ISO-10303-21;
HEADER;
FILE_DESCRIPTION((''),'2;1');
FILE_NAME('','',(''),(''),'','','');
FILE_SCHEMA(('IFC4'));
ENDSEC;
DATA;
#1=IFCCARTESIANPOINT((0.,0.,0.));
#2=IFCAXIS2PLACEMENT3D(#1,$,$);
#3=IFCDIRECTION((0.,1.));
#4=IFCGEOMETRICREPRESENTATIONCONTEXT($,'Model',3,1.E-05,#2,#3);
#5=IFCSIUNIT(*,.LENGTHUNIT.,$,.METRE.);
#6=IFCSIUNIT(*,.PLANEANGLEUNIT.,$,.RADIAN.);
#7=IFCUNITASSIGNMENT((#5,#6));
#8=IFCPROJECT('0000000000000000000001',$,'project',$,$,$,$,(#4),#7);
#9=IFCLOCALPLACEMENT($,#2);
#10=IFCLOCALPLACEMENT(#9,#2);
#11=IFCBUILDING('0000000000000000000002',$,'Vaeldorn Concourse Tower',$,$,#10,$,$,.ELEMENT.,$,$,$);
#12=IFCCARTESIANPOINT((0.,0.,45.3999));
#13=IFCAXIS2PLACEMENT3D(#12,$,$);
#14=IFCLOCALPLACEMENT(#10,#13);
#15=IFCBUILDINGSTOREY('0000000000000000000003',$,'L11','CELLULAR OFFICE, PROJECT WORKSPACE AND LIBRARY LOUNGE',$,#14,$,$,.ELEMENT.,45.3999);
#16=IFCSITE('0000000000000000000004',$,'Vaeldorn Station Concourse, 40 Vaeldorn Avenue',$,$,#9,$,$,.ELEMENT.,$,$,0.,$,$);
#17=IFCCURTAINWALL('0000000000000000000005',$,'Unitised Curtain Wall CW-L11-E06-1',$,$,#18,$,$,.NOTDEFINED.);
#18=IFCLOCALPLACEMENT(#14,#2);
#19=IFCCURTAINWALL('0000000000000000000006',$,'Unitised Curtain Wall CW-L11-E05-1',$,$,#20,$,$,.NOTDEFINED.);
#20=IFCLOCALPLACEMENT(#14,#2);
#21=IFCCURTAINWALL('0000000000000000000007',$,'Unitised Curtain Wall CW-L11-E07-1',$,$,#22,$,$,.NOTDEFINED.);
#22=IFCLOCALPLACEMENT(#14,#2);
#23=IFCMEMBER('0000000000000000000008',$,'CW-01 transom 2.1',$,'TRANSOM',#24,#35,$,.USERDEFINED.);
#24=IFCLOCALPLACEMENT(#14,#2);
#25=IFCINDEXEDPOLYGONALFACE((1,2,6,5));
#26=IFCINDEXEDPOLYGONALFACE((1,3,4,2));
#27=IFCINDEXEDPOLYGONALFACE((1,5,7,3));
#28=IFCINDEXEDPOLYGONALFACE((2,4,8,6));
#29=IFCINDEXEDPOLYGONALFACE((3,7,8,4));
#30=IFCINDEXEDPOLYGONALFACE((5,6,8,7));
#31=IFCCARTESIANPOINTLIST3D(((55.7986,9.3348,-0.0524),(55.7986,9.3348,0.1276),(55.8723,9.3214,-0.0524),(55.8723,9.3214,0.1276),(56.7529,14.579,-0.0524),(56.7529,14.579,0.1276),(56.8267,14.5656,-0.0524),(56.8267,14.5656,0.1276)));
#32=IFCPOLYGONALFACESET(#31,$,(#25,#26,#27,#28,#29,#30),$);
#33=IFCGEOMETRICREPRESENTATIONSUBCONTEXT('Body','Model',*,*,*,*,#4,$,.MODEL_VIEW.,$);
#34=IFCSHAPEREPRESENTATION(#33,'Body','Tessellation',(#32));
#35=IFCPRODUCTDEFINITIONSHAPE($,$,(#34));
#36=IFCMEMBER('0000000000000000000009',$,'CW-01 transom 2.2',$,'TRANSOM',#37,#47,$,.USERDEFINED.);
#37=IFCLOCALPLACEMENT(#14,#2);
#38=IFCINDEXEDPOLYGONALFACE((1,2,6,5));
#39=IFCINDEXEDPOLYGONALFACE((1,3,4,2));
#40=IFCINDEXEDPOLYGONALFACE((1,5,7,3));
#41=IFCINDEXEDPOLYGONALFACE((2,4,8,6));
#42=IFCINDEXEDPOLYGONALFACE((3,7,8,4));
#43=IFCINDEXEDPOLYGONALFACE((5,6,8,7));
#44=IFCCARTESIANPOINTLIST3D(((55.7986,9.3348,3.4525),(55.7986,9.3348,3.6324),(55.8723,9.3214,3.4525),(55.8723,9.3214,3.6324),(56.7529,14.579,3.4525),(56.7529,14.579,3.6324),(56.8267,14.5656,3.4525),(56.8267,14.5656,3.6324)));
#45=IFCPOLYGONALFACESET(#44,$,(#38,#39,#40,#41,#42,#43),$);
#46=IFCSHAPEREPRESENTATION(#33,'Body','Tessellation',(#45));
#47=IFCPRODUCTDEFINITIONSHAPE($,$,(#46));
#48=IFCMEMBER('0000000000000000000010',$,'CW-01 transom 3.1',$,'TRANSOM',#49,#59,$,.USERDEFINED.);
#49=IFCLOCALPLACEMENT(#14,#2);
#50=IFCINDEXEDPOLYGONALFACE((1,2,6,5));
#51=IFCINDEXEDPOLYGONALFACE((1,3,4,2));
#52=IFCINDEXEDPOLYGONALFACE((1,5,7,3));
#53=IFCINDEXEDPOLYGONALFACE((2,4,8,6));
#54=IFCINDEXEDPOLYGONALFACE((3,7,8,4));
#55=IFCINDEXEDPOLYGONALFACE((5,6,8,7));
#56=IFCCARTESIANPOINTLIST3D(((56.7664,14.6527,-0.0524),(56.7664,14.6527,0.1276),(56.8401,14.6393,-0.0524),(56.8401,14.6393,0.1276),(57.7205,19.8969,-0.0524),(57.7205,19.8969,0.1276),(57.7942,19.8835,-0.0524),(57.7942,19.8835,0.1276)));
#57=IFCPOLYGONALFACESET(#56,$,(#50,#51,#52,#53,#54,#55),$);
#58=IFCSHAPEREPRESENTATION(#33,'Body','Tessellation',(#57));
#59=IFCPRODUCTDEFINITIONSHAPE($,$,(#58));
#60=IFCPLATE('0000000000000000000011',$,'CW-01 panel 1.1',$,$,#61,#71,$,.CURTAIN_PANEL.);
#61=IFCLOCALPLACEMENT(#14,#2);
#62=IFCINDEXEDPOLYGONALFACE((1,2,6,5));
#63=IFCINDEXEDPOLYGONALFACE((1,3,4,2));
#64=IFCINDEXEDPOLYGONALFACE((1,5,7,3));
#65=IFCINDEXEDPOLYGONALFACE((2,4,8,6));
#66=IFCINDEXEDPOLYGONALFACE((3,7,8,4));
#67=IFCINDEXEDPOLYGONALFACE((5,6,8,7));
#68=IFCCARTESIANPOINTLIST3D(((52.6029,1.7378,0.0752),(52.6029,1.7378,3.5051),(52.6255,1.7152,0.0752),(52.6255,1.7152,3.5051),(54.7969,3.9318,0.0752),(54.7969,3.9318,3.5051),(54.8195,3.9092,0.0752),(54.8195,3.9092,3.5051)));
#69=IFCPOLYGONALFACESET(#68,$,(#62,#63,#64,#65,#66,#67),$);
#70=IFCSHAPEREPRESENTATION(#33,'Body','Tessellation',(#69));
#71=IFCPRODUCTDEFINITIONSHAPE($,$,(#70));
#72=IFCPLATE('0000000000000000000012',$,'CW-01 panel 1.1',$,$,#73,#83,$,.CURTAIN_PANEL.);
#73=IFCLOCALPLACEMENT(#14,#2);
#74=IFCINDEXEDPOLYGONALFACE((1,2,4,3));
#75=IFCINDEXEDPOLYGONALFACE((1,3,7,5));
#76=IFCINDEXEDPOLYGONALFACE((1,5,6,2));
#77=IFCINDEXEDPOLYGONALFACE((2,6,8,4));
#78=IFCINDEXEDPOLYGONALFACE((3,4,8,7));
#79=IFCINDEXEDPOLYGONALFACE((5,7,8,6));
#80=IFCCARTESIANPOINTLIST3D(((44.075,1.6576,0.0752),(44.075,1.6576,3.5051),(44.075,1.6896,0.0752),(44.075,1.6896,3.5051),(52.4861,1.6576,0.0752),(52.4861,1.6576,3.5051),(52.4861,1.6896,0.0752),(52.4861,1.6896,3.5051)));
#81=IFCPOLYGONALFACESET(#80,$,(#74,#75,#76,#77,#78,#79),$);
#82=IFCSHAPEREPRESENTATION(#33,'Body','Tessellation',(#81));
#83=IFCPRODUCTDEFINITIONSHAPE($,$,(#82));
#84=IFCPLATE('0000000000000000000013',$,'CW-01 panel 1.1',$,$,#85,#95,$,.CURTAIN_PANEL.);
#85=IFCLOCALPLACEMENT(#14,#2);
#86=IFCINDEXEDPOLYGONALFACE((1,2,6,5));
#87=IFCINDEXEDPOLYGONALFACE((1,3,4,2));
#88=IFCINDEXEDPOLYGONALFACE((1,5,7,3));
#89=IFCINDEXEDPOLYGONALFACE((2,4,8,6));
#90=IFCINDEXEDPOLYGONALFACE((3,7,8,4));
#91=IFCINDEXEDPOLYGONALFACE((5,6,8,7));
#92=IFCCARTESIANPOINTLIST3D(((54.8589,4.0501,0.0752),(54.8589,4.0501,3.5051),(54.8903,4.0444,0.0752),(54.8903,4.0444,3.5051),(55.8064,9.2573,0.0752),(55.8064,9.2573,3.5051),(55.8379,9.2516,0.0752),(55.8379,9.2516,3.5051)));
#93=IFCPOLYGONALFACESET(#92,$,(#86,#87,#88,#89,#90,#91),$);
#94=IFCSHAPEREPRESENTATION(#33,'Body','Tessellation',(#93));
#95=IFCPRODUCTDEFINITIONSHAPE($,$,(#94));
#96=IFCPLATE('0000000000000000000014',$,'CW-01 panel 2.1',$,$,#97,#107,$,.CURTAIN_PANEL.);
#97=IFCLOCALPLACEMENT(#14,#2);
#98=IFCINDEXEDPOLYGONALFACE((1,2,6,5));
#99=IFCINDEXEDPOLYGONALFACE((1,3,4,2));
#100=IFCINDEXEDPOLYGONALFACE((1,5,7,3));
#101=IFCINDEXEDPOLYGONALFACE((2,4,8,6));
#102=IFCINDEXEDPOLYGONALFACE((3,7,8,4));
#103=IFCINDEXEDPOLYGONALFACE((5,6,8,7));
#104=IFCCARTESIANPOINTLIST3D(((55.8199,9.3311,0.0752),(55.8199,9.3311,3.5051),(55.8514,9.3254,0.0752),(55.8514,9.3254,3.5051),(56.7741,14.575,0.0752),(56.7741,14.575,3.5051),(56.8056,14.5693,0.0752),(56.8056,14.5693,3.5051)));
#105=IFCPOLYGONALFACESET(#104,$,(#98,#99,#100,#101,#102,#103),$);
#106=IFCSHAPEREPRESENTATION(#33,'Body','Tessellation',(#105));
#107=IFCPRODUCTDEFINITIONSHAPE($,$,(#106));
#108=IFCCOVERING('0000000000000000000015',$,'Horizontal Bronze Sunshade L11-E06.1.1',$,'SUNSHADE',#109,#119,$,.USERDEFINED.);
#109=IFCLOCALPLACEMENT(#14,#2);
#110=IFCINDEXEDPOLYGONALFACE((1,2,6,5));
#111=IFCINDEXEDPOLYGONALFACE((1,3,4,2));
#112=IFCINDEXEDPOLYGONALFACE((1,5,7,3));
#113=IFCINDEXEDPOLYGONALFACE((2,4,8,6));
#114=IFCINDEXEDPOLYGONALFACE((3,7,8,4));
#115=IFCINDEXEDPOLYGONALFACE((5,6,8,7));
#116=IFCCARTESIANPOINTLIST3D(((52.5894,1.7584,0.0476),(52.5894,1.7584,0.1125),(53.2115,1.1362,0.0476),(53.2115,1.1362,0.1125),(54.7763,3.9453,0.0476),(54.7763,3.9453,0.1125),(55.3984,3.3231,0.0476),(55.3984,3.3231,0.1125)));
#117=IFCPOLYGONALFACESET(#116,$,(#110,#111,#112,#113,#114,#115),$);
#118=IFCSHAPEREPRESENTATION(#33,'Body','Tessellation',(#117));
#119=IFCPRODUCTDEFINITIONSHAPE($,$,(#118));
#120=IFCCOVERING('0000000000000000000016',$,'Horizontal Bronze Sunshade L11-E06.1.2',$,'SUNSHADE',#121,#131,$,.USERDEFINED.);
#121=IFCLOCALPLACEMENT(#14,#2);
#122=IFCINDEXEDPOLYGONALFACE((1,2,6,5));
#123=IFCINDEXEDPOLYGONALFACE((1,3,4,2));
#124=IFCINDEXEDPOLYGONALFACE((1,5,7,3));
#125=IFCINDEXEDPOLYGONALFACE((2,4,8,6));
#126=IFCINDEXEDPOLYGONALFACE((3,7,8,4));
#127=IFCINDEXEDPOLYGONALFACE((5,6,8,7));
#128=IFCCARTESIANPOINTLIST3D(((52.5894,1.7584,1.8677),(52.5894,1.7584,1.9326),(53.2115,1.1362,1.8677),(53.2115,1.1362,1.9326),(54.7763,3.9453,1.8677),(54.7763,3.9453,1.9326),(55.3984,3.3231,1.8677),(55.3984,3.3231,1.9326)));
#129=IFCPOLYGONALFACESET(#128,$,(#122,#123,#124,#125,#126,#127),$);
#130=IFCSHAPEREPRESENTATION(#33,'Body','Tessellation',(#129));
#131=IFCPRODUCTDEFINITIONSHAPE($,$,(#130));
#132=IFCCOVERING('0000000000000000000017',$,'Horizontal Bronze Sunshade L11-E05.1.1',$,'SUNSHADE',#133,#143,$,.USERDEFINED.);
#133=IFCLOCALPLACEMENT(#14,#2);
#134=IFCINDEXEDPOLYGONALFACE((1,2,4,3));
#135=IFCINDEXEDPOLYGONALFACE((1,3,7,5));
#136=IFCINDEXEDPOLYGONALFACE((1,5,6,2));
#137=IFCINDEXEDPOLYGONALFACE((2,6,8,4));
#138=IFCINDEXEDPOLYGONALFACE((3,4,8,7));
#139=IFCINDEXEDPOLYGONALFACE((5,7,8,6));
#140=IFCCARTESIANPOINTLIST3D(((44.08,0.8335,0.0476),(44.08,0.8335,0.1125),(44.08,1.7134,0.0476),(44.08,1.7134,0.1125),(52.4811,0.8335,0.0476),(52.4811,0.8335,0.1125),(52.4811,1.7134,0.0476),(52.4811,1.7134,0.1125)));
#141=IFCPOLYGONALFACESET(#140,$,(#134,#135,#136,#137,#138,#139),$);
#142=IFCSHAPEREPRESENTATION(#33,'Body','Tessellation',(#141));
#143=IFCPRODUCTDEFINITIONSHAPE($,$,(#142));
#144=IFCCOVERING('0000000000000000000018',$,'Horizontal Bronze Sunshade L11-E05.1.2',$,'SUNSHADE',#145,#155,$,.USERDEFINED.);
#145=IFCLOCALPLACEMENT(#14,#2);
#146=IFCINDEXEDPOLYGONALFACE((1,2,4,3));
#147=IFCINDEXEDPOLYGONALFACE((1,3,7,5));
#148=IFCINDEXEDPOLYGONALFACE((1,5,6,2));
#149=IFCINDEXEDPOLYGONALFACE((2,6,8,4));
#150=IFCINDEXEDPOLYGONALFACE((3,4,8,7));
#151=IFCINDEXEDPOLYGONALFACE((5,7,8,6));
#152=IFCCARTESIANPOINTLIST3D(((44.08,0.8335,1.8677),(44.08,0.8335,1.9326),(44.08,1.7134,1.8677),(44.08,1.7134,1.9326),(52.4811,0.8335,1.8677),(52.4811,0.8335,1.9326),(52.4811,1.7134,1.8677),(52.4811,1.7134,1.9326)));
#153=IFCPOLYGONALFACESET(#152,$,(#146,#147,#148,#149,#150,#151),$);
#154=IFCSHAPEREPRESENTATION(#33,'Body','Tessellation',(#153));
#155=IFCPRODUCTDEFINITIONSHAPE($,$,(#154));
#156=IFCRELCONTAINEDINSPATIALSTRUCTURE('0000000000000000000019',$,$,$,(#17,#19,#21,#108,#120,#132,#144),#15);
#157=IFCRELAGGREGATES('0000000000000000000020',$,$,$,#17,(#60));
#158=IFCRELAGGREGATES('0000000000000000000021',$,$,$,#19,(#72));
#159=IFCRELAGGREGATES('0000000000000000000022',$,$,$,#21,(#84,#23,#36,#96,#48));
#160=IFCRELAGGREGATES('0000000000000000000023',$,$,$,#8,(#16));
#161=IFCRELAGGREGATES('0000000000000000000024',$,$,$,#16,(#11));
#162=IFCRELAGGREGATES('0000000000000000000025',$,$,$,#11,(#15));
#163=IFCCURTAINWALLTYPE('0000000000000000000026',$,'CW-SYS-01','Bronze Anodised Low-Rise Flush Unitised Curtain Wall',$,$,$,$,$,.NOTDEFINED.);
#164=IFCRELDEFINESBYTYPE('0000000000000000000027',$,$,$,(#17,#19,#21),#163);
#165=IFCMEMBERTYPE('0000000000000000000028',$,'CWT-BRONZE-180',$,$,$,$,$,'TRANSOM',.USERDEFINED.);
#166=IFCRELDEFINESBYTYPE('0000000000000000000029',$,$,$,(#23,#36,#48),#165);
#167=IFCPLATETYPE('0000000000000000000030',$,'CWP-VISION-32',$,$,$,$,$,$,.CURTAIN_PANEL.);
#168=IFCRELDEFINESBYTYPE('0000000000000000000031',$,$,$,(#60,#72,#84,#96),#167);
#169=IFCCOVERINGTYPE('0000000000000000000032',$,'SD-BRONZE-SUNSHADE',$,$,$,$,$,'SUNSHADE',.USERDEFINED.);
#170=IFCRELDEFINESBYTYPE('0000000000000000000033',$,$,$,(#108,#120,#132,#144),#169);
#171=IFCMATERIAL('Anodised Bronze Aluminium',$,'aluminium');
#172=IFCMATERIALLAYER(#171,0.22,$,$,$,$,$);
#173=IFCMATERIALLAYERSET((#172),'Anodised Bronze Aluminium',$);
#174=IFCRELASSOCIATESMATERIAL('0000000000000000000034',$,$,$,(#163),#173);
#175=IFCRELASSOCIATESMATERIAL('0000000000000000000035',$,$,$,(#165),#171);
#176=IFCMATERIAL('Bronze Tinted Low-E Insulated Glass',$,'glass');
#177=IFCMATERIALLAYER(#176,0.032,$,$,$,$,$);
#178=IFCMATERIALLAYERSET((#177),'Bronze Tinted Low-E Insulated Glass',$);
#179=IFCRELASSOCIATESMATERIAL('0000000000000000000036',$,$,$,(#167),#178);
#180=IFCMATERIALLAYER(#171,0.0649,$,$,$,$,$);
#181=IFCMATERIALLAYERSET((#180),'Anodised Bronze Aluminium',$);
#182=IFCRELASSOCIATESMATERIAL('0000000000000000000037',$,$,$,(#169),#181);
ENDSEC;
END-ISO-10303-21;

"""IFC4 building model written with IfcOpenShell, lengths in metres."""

from ifc_helpers import new_model, si_unit, direction, frame, origin, origin_2d, place, context, subcontext, project, spatial, rectangle, extrude, source, transform, mapped, material, layer, layer_set, material_profile, profile_set, type_object, element, aggregate, save


model = new_model("IFC4")

# Units and contexts
model_context = context("Model", 3, precision=1e-05, world=origin(), true_north=direction((0.0, 1.0)))
body_context = subcontext(model_context, "Body", "Model", "MODEL_VIEW")
ifc_project = project(units=[si_unit("LENGTHUNIT", "METRE"), si_unit("PLANEANGLEUNIT", "RADIAN")], contexts=[model_context])

# Site, building, storey
site_placement = place(None, origin())
site = spatial("IfcSite", under=ifc_project, at=site_placement, Name="Vaeldorn Station Concourse, 40 Vaeldorn Avenue", CompositionType="ELEMENT", RefElevation=0.0)
building_placement = place(site_placement, origin())
building = spatial("IfcBuilding", under=site, at=building_placement, Name="Vaeldorn Concourse Tower", CompositionType="ELEMENT")
storey_placement = place(building_placement, frame((0.0, 0.0, 45.3999)))
storey = spatial("IfcBuildingStorey", under=building, at=storey_placement, Name="L11", Description="CELLULAR OFFICE, PROJECT WORKSPACE AND LIBRARY LOUNGE", CompositionType="ELEMENT", Elevation=45.3999)

# Curtain wall
ifc_material_1 = material(Name="Anodised Bronze Aluminium", Category="aluminium")
ifc_layer_1 = layer(ifc_material_1, 0.22)
ifc_layer_set_1 = layer_set([ifc_layer_1], Name="Anodised Bronze Aluminium")
curtain_wall_type = type_object("IfcCurtainWallType", Name="CW-SYS-01", Description="Bronze Anodised Low-Rise Flush Unitised Curtain Wall", PredefinedType="NOTDEFINED", material=ifc_layer_set_1)
curtain_wall_1_placement = place(storey_placement, origin())
curtain_wall_1 = element("IfcCurtainWall", 1, at=curtain_wall_1_placement, inside=storey, type_object=curtain_wall_type, Name="Unitised Curtain Wall CW-L11-E06-1", PredefinedType="NOTDEFINED")
ifc_material_profile_1 = material_profile(ifc_material_1, rectangle(XDim=0.075, YDim=0.1799, at=origin_2d()), Name="CWT 75x180")
ifc_profile_set_1 = profile_set([ifc_material_profile_1], Name="Anodised Bronze Aluminium")
member_type_1 = type_object("IfcMemberType", Name="CWT-BRONZE-180", ElementType="TRANSOM", PredefinedType="USERDEFINED", material=ifc_profile_set_1)

# Curtain wall
curtain_wall_2_placement = place(storey_placement, origin())
curtain_wall_2 = element("IfcCurtainWall", 2, at=curtain_wall_2_placement, inside=storey, type_object=curtain_wall_type, Name="Unitised Curtain Wall CW-L11-E05-1", PredefinedType="NOTDEFINED")

# Curtain wall, members
curtain_wall_3_placement = place(storey_placement, origin())
curtain_wall_3 = element("IfcCurtainWall", 3, at=curtain_wall_3_placement, inside=storey, type_object=curtain_wall_type, Name="Unitised Curtain Wall CW-L11-E07-1", PredefinedType="NOTDEFINED")
shared_shape_1 = source(origin(), body_context, "Body", "SweptSolid", [
    extrude(rectangle(XDim=0.075, YDim=0.1799, at=origin_2d()), origin(), (0.0, 0.0, 1.0), 5.3303),
])
member_1_placement = place(storey_placement, frame((55.8354, 9.3281, 0.0376), z_axis=(0.179043, 0.983841, 0.0), x_axis=(-0.983841, 0.179043, 0.0)))
member_1 = element("IfcMember", 4, at=member_1_placement, type_object=member_type_1, Name="CW-01 transom 2.1", ObjectType="TRANSOM", PredefinedType="USERDEFINED", context=body_context, shape_type="MappedRepresentation", body=[
    mapped(shared_shape_1, transform((0.0, 0.0, 0.0), scale=1.0)),
])
member_2_placement = place(storey_placement, frame((55.8354, 9.3281, 3.5425), z_axis=(0.179043, 0.983841, 0.0), x_axis=(-0.983841, 0.179043, 0.0)))
member_2 = element("IfcMember", 5, at=member_2_placement, type_object=member_type_1, Name="CW-01 transom 2.2", ObjectType="TRANSOM", PredefinedType="USERDEFINED", context=body_context, shape_type="MappedRepresentation", body=[
    mapped(shared_shape_1, transform((0.0, 0.0, 0.0), scale=1.0)),
])
member_3_placement = place(storey_placement, frame((56.8032, 14.646, 0.0376), z_axis=(0.178998, 0.983849, 0.0), x_axis=(-0.983849, 0.178998, 0.0)))
member_3 = element("IfcMember", 6, at=member_3_placement, type_object=member_type_1, Name="CW-01 transom 3.1", ObjectType="TRANSOM", PredefinedType="USERDEFINED", context=body_context, shape_type="MappedRepresentation", body=[
    mapped(shared_shape_1, transform((0.0, 0.0, 0.0), scale=1.0)),
])

# Plates
ifc_material_2 = material(Name="Bronze Tinted Low-E Insulated Glass", Category="glass")
ifc_layer_2 = layer(ifc_material_2, 0.032)
ifc_layer_set_2 = layer_set([ifc_layer_2], Name="Bronze Tinted Low-E Insulated Glass")
plate_type = type_object("IfcPlateType", Name="CWP-VISION-32", PredefinedType="CURTAIN_PANEL", material=ifc_layer_set_2)
shared_shape_2 = source(origin(), body_context, "Body", "SweptSolid", [
    extrude(rectangle(XDim=3.1028, YDim=0.032, at=origin_2d()), origin(), (0.0, 0.0, 1.0), 3.4299),
])
plate_1_placement = place(storey_placement, frame((53.7112, 2.8235, 0.0752), z_axis=(0.0, 0.0, 1.0), x_axis=(0.707107, 0.707107, 0.0)))
plate_1 = element("IfcPlate", 7, at=plate_1_placement, type_object=plate_type, Name="CW-01 panel 1.1", PredefinedType="CURTAIN_PANEL", context=body_context, shape_type="MappedRepresentation", body=[
    mapped(shared_shape_2, transform((0.0, 0.0, 0.0), scale=1.0)),
])
aggregate(curtain_wall_1, [plate_1])
shared_shape_3 = source(origin(), body_context, "Body", "SweptSolid", [
    extrude(rectangle(XDim=8.4111, YDim=0.032, at=origin_2d()), origin(), (0.0, 0.0, 1.0), 3.4299),
])
plate_2_placement = place(storey_placement, frame((48.2805, 1.6736, 0.0752), z_axis=(0.0, 0.0, 1.0), x_axis=(1.0, 0.0, 0.0)))
plate_2 = element("IfcPlate", 8, at=plate_2_placement, type_object=plate_type, Name="CW-01 panel 1.1", PredefinedType="CURTAIN_PANEL", context=body_context, shape_type="MappedRepresentation", body=[
    mapped(shared_shape_3, transform((0.0, 0.0, 0.0), scale=1.0)),
])
aggregate(curtain_wall_2, [plate_2])
shared_shape_4 = source(origin(), body_context, "Body", "SweptSolid", [
    extrude(rectangle(XDim=5.2927, YDim=0.032, at=origin_2d()), origin(), (0.0, 0.0, 1.0), 3.4299),
])
plate_3_placement = place(storey_placement, frame((55.3484, 6.6509, 0.0752), z_axis=(0.0, 0.0, 1.0), x_axis=(0.17903, 0.983844, 0.0)))
plate_3 = element("IfcPlate", 9, at=plate_3_placement, type_object=plate_type, Name="CW-01 panel 1.1", PredefinedType="CURTAIN_PANEL", context=body_context, shape_type="MappedRepresentation", body=[
    mapped(shared_shape_4, transform((0.0, 0.0, 0.0), scale=1.0)),
])
shared_shape_5 = source(origin(), body_context, "Body", "SweptSolid", [
    extrude(rectangle(XDim=5.3301, YDim=0.032, at=origin_2d()), origin(), (0.0, 0.0, 1.0), 3.4299),
])
plate_4_placement = place(storey_placement, frame((56.3127, 11.9502, 0.0752), z_axis=(0.0, 0.0, 1.0), x_axis=(0.17903, 0.983844, 0.0)))
plate_4 = element("IfcPlate", 10, at=plate_4_placement, type_object=plate_type, Name="CW-01 panel 2.1", PredefinedType="CURTAIN_PANEL", context=body_context, shape_type="MappedRepresentation", body=[
    mapped(shared_shape_5, transform((0.0, 0.0, 0.0), scale=1.0)),
])
aggregate(curtain_wall_3, [plate_3, member_1, member_2, plate_4, member_3])

# Coverings
ifc_layer_3 = layer(ifc_material_1, 0.0649)
ifc_layer_set_3 = layer_set([ifc_layer_3], Name="Anodised Bronze Aluminium")
covering_type = type_object("IfcCoveringType", Name="SD-BRONZE-SUNSHADE", ElementType="SUNSHADE", PredefinedType="USERDEFINED", material=ifc_layer_set_3)
shared_shape_6 = source(origin(), body_context, "Body", "SweptSolid", [
    extrude(rectangle(XDim=3.0928, YDim=0.8799, at=origin_2d()), origin(), (0.0, 0.0, 1.0), 0.0649),
])
for number, where, z_axis, x_axis, name in (
    (11, (53.9939, 2.5408, 0.0476), (0.0, 0.0, 1.0), (0.707107, 0.707107, 0.0), "Horizontal Bronze Sunshade L11-E06.1.1"),
    (12, (53.9939, 2.5408, 1.8677), (0.0, 0.0, 1.0), (0.707107, 0.707107, 0.0), "Horizontal Bronze Sunshade L11-E06.1.2"),
):
    element("IfcCovering", number, at=place(storey_placement, frame(where, z_axis=z_axis, x_axis=x_axis)), inside=storey, type_object=covering_type, Name=name, ObjectType="SUNSHADE", PredefinedType="USERDEFINED", context=body_context, shape_type="MappedRepresentation", body=[
        mapped(shared_shape_6, transform((0.0, 0.0, 0.0), scale=1.0)),
    ])
shared_shape_7 = source(origin(), body_context, "Body", "SweptSolid", [
    extrude(rectangle(XDim=8.4011, YDim=0.8799, at=origin_2d()), origin(), (0.0, 0.0, 1.0), 0.0649),
])
for number, where, z_axis, x_axis, name in (
    (13, (48.2805, 1.2734, 0.0476), (0.0, 0.0, 1.0), (1.0, 0.0, 0.0), "Horizontal Bronze Sunshade L11-E05.1.1"),
    (14, (48.2805, 1.2734, 1.8677), (0.0, 0.0, 1.0), (1.0, 0.0, 0.0), "Horizontal Bronze Sunshade L11-E05.1.2"),
):
    element("IfcCovering", number, at=place(storey_placement, frame(where, z_axis=z_axis, x_axis=x_axis)), inside=storey, type_object=covering_type, Name=name, ObjectType="SUNSHADE", PredefinedType="USERDEFINED", context=body_context, shape_type="MappedRepresentation", body=[
        mapped(shared_shape_7, transform((0.0, 0.0, 0.0), scale=1.0)),
    ])

save(model, "model.ifc")
